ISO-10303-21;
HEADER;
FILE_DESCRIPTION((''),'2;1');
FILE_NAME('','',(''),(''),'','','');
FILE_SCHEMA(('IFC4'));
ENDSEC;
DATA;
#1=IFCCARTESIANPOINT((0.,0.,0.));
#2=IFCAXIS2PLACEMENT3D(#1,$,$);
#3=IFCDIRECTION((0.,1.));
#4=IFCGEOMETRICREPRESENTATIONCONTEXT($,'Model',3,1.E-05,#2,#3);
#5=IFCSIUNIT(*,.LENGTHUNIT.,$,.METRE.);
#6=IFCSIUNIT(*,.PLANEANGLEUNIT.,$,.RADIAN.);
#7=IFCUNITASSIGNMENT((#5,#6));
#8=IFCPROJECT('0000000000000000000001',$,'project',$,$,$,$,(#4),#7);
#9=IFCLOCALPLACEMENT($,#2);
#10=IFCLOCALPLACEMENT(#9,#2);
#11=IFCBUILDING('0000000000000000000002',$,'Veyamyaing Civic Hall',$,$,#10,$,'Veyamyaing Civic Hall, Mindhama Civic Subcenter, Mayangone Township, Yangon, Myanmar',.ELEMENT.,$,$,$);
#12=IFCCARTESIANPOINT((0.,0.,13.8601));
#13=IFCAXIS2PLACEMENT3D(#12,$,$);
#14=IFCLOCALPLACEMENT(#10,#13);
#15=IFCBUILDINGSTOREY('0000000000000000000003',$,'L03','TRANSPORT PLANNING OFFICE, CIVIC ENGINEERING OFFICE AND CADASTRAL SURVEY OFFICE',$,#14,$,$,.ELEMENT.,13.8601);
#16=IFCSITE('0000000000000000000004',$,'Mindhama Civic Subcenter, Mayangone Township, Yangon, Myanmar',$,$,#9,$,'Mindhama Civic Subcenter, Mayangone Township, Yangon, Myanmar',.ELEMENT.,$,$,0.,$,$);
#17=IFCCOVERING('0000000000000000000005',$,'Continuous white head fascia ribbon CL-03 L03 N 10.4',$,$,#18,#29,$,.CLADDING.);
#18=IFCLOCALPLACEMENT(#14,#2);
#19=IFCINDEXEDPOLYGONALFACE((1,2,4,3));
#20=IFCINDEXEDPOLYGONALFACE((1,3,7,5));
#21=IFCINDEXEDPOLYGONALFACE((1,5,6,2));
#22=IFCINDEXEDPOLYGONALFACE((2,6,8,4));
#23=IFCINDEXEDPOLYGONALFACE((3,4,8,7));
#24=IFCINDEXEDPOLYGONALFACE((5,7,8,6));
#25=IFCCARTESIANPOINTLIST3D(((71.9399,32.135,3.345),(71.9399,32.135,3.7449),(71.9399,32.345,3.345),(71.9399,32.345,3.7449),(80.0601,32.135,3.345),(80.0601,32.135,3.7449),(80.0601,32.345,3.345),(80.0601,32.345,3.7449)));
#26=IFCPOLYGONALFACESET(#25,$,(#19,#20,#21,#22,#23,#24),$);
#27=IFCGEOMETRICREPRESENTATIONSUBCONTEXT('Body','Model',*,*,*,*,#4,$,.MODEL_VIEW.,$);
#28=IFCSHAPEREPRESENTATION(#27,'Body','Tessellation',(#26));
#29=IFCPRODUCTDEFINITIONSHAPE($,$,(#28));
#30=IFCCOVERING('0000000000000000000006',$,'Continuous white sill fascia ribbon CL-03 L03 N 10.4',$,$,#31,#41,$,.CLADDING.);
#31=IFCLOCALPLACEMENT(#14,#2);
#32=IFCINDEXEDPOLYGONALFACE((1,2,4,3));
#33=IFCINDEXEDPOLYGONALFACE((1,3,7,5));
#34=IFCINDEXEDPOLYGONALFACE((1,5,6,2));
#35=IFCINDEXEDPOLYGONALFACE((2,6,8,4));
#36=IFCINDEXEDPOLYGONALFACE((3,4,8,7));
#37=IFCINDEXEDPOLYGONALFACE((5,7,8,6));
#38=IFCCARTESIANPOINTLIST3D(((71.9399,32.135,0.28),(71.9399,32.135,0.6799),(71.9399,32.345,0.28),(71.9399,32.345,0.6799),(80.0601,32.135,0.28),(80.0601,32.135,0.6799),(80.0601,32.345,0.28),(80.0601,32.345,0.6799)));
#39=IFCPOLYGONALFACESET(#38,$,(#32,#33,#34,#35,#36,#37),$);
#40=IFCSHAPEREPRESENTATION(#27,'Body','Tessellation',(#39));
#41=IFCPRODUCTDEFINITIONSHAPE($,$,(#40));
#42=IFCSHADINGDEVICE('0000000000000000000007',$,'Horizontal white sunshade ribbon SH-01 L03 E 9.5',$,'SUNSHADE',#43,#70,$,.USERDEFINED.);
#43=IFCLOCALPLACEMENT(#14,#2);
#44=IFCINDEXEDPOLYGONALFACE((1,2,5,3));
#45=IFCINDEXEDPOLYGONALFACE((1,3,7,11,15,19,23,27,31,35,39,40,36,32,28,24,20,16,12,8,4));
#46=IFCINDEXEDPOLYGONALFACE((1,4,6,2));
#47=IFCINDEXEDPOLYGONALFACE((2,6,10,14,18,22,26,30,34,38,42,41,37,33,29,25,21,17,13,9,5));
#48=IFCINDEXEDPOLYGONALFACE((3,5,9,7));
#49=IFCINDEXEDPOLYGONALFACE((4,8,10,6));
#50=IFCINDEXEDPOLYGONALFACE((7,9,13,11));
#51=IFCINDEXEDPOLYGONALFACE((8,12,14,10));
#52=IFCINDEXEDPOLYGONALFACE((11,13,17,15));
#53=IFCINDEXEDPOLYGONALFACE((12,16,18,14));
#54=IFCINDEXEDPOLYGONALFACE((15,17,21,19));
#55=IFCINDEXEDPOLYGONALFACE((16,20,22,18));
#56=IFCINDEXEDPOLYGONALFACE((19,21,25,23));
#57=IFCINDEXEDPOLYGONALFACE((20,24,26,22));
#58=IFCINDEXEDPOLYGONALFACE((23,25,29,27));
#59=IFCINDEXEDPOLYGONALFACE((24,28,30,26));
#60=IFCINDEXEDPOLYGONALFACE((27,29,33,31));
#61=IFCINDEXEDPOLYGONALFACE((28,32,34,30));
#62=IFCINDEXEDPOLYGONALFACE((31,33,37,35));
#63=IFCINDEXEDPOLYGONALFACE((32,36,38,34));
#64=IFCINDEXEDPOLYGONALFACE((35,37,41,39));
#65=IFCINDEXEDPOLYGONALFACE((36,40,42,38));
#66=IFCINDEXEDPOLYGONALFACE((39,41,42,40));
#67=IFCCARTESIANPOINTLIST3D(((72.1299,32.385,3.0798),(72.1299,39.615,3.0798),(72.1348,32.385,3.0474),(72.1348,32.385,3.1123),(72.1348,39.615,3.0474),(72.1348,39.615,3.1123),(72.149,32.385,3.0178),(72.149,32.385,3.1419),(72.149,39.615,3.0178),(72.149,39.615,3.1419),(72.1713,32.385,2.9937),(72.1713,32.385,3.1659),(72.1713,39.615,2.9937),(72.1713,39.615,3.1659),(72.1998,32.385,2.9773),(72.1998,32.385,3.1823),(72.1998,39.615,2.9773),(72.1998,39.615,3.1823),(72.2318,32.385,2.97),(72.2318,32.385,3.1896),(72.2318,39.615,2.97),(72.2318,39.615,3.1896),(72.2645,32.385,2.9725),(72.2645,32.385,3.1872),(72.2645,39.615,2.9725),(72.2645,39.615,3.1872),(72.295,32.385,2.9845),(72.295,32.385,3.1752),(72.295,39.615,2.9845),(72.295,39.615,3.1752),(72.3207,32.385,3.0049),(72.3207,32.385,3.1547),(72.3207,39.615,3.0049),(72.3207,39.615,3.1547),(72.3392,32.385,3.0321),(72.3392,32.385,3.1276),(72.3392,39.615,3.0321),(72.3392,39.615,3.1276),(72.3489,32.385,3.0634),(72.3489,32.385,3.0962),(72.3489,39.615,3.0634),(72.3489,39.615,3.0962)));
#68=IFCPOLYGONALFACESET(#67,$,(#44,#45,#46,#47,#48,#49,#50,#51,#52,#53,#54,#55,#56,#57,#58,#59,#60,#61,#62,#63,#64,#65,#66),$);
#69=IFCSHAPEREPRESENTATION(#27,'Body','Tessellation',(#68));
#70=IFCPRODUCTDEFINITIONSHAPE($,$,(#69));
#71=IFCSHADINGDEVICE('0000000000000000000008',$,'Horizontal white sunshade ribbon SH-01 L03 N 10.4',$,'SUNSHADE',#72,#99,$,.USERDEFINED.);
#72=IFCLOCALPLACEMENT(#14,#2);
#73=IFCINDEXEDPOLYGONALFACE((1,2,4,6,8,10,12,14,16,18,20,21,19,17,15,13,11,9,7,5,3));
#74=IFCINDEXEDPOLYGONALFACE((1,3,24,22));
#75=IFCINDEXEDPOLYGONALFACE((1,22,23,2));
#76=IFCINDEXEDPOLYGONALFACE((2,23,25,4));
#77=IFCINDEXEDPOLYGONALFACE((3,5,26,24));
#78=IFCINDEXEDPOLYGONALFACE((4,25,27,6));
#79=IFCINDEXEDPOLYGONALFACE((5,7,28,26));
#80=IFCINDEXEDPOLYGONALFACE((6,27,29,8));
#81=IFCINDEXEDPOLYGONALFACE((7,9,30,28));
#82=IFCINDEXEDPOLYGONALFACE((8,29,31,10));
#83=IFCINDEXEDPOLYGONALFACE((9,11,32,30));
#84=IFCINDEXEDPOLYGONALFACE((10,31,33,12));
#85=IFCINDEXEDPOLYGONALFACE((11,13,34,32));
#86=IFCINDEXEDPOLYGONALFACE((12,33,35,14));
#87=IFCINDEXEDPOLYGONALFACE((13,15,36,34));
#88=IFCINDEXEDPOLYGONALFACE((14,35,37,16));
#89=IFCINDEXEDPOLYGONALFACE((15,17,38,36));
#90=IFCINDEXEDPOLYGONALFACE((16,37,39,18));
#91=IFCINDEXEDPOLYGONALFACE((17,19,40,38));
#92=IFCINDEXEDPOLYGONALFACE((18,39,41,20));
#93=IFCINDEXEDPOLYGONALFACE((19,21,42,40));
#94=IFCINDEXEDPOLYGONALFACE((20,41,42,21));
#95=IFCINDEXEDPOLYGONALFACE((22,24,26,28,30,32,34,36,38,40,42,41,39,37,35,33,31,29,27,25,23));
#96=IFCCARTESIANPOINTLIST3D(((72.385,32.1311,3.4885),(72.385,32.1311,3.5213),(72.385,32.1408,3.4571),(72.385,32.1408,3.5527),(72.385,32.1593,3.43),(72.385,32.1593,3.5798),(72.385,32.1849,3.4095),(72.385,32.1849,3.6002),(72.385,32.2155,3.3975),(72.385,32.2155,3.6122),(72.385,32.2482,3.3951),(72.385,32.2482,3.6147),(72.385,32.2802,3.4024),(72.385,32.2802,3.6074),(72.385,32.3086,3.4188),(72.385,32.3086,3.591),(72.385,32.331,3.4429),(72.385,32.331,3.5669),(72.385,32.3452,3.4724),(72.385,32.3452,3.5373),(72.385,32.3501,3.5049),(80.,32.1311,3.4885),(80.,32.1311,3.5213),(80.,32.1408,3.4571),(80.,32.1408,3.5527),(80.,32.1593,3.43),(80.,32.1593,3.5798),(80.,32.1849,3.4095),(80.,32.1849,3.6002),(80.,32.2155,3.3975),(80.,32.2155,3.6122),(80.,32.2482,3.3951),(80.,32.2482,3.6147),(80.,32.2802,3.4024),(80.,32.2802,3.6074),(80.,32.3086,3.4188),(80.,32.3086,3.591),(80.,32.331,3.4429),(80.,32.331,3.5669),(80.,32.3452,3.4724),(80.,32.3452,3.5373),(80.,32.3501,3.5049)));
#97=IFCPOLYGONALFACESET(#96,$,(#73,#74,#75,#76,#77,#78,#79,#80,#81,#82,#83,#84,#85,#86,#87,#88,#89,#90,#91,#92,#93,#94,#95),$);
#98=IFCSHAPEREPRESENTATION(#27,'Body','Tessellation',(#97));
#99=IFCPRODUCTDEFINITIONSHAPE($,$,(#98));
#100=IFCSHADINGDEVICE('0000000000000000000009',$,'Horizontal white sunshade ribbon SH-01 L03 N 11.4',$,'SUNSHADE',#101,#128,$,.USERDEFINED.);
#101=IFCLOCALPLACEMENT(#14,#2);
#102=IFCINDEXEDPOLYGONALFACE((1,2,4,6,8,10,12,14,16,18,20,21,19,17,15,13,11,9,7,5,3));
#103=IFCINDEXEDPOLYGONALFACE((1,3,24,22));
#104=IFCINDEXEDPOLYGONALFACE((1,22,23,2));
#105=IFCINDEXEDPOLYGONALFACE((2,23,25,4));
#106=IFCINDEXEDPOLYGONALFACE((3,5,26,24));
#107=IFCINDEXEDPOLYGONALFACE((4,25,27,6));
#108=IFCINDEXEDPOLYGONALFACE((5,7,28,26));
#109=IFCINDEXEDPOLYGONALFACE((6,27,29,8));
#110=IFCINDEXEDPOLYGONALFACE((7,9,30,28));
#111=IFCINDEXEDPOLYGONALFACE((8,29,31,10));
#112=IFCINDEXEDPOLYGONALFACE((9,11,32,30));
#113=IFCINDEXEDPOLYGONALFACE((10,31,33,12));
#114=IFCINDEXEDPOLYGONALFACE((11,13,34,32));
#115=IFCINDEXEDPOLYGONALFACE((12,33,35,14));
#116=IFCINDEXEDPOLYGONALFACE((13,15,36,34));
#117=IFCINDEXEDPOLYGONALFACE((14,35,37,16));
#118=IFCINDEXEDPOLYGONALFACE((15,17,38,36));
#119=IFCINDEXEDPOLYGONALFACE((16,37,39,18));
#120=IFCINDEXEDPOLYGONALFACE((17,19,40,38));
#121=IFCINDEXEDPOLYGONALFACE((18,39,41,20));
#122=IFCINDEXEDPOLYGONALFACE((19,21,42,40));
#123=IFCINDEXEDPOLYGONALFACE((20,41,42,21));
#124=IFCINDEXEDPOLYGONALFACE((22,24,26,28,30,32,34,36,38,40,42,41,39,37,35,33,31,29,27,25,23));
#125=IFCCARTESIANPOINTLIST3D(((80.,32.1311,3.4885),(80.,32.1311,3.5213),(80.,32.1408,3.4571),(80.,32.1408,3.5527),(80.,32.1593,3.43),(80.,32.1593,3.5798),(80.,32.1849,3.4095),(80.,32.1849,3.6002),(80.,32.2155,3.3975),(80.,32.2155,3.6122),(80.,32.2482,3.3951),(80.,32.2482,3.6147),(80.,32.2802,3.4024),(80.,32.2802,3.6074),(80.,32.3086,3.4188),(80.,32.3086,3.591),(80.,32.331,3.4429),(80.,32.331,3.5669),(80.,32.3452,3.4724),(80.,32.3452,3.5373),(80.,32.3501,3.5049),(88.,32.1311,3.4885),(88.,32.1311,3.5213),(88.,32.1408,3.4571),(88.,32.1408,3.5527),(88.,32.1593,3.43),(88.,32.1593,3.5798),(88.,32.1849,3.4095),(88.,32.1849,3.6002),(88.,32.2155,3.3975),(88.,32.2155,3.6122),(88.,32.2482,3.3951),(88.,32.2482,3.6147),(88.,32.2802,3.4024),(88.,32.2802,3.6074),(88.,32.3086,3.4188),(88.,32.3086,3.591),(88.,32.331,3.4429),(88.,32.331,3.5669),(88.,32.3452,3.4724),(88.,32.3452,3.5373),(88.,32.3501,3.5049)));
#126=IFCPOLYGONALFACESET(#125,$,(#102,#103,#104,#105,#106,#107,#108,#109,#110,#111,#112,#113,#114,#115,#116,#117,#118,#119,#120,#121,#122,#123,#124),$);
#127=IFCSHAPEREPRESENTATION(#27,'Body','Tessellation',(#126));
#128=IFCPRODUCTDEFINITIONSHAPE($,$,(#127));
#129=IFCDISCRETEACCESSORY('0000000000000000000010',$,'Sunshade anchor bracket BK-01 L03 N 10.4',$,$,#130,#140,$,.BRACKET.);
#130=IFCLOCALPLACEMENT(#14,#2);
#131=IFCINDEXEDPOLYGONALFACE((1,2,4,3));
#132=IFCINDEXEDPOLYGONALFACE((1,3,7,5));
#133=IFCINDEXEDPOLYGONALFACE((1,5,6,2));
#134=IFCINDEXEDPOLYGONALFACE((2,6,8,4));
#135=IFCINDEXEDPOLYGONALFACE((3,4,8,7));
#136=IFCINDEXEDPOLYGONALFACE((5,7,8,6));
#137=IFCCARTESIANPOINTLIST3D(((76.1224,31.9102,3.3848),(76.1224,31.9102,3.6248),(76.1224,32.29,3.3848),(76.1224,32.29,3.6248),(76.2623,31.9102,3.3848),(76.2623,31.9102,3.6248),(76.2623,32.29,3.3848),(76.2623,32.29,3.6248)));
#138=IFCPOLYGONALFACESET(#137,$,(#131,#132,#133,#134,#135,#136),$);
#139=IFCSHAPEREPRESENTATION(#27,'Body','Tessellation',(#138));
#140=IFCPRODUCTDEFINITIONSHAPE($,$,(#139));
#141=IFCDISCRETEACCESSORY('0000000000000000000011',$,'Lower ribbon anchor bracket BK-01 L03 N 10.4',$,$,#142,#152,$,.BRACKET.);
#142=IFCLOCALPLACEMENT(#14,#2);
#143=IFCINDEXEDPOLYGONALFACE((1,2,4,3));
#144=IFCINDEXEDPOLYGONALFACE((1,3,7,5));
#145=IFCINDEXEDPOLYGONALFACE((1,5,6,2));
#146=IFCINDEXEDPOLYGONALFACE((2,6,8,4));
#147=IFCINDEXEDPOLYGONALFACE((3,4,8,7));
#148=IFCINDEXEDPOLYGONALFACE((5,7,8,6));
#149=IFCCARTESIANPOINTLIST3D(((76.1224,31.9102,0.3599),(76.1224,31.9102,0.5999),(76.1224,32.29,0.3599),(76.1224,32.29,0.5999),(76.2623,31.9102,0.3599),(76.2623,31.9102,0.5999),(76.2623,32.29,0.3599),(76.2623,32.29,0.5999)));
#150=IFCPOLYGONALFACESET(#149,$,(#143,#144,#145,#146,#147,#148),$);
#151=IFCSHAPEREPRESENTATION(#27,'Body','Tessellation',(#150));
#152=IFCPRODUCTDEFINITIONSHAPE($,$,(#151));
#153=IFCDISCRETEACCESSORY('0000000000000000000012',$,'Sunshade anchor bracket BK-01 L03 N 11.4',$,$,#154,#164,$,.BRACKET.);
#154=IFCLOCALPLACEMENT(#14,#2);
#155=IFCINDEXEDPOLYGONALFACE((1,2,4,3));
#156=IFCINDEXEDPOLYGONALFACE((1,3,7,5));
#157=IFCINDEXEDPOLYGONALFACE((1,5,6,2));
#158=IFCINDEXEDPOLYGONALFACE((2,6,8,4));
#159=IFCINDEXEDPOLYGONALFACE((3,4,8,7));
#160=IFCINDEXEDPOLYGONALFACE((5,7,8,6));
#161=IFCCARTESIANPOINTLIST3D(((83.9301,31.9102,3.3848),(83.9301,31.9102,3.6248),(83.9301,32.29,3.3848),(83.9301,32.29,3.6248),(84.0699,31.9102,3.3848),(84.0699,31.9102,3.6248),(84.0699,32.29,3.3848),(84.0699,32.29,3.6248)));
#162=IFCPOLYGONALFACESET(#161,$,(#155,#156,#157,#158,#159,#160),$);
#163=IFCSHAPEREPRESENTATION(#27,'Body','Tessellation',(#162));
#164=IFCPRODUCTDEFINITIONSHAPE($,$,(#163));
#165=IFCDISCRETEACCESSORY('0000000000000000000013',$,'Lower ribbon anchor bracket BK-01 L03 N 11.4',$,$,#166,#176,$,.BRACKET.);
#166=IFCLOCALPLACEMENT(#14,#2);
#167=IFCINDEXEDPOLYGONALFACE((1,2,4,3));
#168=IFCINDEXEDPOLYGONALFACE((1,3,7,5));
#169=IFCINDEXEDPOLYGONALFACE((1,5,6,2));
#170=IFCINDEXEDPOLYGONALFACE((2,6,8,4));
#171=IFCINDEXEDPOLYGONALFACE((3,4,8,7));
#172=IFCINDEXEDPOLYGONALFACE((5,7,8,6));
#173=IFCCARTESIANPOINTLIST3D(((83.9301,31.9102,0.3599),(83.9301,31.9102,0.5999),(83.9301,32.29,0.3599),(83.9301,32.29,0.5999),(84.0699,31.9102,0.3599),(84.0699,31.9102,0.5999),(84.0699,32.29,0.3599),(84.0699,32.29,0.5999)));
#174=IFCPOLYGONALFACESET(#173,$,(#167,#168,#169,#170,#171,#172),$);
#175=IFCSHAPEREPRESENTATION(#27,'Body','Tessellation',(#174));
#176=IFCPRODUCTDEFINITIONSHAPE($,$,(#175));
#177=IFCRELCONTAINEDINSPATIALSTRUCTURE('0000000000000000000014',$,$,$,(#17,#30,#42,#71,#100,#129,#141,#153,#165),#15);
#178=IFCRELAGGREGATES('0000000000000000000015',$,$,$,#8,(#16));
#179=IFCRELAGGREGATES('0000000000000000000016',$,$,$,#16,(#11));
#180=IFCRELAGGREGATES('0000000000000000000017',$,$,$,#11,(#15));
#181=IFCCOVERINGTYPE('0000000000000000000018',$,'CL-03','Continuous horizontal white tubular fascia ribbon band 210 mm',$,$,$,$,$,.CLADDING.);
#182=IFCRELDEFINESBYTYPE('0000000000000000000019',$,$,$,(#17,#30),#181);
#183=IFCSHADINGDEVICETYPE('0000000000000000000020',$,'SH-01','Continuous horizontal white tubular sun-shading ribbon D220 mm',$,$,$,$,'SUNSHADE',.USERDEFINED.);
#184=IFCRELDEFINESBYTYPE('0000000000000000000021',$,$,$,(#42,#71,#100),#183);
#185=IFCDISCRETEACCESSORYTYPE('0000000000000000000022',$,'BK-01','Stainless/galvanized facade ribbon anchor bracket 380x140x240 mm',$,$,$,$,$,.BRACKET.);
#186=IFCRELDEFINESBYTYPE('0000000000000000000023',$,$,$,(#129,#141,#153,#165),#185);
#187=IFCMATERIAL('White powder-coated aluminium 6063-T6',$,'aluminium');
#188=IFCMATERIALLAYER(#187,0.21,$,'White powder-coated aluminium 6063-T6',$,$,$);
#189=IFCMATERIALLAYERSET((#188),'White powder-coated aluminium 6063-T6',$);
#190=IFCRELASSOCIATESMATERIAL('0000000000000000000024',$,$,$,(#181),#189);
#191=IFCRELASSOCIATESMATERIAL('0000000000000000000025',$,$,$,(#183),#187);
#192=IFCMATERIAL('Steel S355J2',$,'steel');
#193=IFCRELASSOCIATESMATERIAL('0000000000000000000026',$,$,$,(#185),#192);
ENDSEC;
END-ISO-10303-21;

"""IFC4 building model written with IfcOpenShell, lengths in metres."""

from ifc_helpers import new_model, si_unit, direction, frame, origin, origin_2d, place, context, subcontext, project, spatial, rectangle, circle, extrude, material, layer, layer_set, material_profile, profile_set, type_object, element, save


model = new_model("IFC4")

# Units and contexts
model_context = context("Model", 3, precision=1e-05, world=origin(), true_north=direction((0.0, 1.0)))
body_context = subcontext(model_context, "Body", "Model", "MODEL_VIEW")
ifc_project = project(units=[si_unit("LENGTHUNIT", "METRE"), si_unit("PLANEANGLEUNIT", "RADIAN")], contexts=[model_context])

# Site, building, storey
site_placement = place(None, origin())
site = spatial("IfcSite", under=ifc_project, at=site_placement, Name="Mindhama Civic Subcenter, Mayangone Township, Yangon, Myanmar", LongName="Mindhama Civic Subcenter, Mayangone Township, Yangon, Myanmar", CompositionType="ELEMENT", RefElevation=0.0)
building_placement = place(site_placement, origin())
building = spatial("IfcBuilding", under=site, at=building_placement, Name="Veyamyaing Civic Hall", LongName="Veyamyaing Civic Hall, Mindhama Civic Subcenter, Mayangone Township, Yangon, Myanmar", CompositionType="ELEMENT")
storey_placement = place(building_placement, frame((0.0, 0.0, 13.8601)))
storey = spatial("IfcBuildingStorey", under=building, at=storey_placement, Name="L03", Description="TRANSPORT PLANNING OFFICE, CIVIC ENGINEERING OFFICE AND CADASTRAL SURVEY OFFICE", CompositionType="ELEMENT", Elevation=13.8601)

# Coverings
ifc_material_1 = material(Name="White powder-coated aluminium 6063-T6", Category="aluminium")
ifc_layer_1 = layer(ifc_material_1, 0.21, Name="White powder-coated aluminium 6063-T6")
ifc_layer_set_1 = layer_set([ifc_layer_1], Name="White powder-coated aluminium 6063-T6")
covering_type = type_object("IfcCoveringType", Name="CL-03", Description="Continuous horizontal white tubular fascia ribbon band 210 mm", PredefinedType="CLADDING", material=ifc_layer_set_1)
for number, where, z_axis, x_axis, name in (
    (1, (76.0, 32.24, 3.345), (0.0, 0.0, 1.0), (1.0, 0.0, 0.0), "Continuous white head fascia ribbon CL-03 L03 N 10.4"),
    (2, (76.0, 32.24, 0.28), (0.0, 0.0, 1.0), (1.0, 0.0, 0.0), "Continuous white sill fascia ribbon CL-03 L03 N 10.4"),
):
    element("IfcCovering", number, at=place(storey_placement, frame(where, z_axis=z_axis, x_axis=x_axis)), inside=storey, type_object=covering_type, Name=name, PredefinedType="CLADDING", context=body_context, shape_type="SweptSolid", body=[
        extrude(rectangle(XDim=8.1201, YDim=0.21, at=origin_2d()), origin(), (0.0, 0.0, 1.0), 0.3999),
    ])

# Shading devices
ifc_material_profile_1 = material_profile(ifc_material_1, circle(Radius=0.1101, at=origin_2d()), Name="SHADE-TUBE-220")
ifc_profile_set_1 = profile_set([ifc_material_profile_1], Name="White powder-coated aluminium 6063-T6")
shading_device_type = type_object("IfcShadingDeviceType", Name="SH-01", Description="Continuous horizontal white tubular sun-shading ribbon D220 mm", ElementType="SUNSHADE", PredefinedType="USERDEFINED", material=ifc_profile_set_1)
shading_device_1_placement = place(storey_placement, frame((72.24, 32.385, 3.0798), z_axis=(0.0, 1.0, 0.0), x_axis=(-1.0, 0.0, 0.0)))
element("IfcShadingDevice", 3, at=shading_device_1_placement, inside=storey, type_object=shading_device_type, Name="Horizontal white sunshade ribbon SH-01 L03 E 9.5", ObjectType="SUNSHADE", PredefinedType="USERDEFINED", context=body_context, shape_type="SweptSolid", body=[
    extrude(circle(Radius=0.1101, at=origin_2d()), origin(), (0.0, 0.0, 1.0), 7.23),
])
shading_device_2_placement = place(storey_placement, frame((72.385, 32.24, 3.5049), z_axis=(1.0, 0.0, 0.0), x_axis=(0.0, 1.0, 0.0)))
element("IfcShadingDevice", 4, at=shading_device_2_placement, inside=storey, type_object=shading_device_type, Name="Horizontal white sunshade ribbon SH-01 L03 N 10.4", ObjectType="SUNSHADE", PredefinedType="USERDEFINED", context=body_context, shape_type="SweptSolid", body=[
    extrude(circle(Radius=0.1101, at=origin_2d()), origin(), (0.0, 0.0, 1.0), 7.615),
])
shading_device_3_placement = place(storey_placement, frame((80.0, 32.24, 3.5049), z_axis=(1.0, 0.0, 0.0), x_axis=(0.0, 1.0, 0.0)))
element("IfcShadingDevice", 5, at=shading_device_3_placement, inside=storey, type_object=shading_device_type, Name="Horizontal white sunshade ribbon SH-01 L03 N 11.4", ObjectType="SUNSHADE", PredefinedType="USERDEFINED", context=body_context, shape_type="SweptSolid", body=[
    extrude(circle(Radius=0.1101, at=origin_2d()), origin(), (0.0, 0.0, 1.0), 8.0),
])

# Discrete accessories
ifc_material_2 = material(Name="Steel S355J2", Category="steel")
discrete_accessory_type = type_object("IfcDiscreteAccessoryType", Name="BK-01", Description="Stainless/galvanized facade ribbon anchor bracket 380x140x240 mm", PredefinedType="BRACKET", material=ifc_material_2)
for number, where, z_axis, x_axis, name in (
    (6, (76.1924, 32.1001, 3.3848), (0.0, 0.0, 1.0), (0.0, 1.0, 0.0), "Sunshade anchor bracket BK-01 L03 N 10.4"),
    (7, (76.1924, 32.1001, 0.3599), (0.0, 0.0, 1.0), (0.0, 1.0, 0.0), "Lower ribbon anchor bracket BK-01 L03 N 10.4"),
    (8, (84.0, 32.1001, 3.3848), (0.0, 0.0, 1.0), (0.0, 1.0, 0.0), "Sunshade anchor bracket BK-01 L03 N 11.4"),
    (9, (84.0, 32.1001, 0.3599), (0.0, 0.0, 1.0), (0.0, 1.0, 0.0), "Lower ribbon anchor bracket BK-01 L03 N 11.4"),
):
    element("IfcDiscreteAccessory", number, at=place(storey_placement, frame(where, z_axis=z_axis, x_axis=x_axis)), inside=storey, type_object=discrete_accessory_type, Name=name, PredefinedType="BRACKET", context=body_context, shape_type="SweptSolid", body=[
        extrude(rectangle(XDim=0.3799, YDim=0.1399, at=origin_2d()), origin(), (0.0, 0.0, 1.0), 0.24),
    ])

save(model, "model.ifc")
